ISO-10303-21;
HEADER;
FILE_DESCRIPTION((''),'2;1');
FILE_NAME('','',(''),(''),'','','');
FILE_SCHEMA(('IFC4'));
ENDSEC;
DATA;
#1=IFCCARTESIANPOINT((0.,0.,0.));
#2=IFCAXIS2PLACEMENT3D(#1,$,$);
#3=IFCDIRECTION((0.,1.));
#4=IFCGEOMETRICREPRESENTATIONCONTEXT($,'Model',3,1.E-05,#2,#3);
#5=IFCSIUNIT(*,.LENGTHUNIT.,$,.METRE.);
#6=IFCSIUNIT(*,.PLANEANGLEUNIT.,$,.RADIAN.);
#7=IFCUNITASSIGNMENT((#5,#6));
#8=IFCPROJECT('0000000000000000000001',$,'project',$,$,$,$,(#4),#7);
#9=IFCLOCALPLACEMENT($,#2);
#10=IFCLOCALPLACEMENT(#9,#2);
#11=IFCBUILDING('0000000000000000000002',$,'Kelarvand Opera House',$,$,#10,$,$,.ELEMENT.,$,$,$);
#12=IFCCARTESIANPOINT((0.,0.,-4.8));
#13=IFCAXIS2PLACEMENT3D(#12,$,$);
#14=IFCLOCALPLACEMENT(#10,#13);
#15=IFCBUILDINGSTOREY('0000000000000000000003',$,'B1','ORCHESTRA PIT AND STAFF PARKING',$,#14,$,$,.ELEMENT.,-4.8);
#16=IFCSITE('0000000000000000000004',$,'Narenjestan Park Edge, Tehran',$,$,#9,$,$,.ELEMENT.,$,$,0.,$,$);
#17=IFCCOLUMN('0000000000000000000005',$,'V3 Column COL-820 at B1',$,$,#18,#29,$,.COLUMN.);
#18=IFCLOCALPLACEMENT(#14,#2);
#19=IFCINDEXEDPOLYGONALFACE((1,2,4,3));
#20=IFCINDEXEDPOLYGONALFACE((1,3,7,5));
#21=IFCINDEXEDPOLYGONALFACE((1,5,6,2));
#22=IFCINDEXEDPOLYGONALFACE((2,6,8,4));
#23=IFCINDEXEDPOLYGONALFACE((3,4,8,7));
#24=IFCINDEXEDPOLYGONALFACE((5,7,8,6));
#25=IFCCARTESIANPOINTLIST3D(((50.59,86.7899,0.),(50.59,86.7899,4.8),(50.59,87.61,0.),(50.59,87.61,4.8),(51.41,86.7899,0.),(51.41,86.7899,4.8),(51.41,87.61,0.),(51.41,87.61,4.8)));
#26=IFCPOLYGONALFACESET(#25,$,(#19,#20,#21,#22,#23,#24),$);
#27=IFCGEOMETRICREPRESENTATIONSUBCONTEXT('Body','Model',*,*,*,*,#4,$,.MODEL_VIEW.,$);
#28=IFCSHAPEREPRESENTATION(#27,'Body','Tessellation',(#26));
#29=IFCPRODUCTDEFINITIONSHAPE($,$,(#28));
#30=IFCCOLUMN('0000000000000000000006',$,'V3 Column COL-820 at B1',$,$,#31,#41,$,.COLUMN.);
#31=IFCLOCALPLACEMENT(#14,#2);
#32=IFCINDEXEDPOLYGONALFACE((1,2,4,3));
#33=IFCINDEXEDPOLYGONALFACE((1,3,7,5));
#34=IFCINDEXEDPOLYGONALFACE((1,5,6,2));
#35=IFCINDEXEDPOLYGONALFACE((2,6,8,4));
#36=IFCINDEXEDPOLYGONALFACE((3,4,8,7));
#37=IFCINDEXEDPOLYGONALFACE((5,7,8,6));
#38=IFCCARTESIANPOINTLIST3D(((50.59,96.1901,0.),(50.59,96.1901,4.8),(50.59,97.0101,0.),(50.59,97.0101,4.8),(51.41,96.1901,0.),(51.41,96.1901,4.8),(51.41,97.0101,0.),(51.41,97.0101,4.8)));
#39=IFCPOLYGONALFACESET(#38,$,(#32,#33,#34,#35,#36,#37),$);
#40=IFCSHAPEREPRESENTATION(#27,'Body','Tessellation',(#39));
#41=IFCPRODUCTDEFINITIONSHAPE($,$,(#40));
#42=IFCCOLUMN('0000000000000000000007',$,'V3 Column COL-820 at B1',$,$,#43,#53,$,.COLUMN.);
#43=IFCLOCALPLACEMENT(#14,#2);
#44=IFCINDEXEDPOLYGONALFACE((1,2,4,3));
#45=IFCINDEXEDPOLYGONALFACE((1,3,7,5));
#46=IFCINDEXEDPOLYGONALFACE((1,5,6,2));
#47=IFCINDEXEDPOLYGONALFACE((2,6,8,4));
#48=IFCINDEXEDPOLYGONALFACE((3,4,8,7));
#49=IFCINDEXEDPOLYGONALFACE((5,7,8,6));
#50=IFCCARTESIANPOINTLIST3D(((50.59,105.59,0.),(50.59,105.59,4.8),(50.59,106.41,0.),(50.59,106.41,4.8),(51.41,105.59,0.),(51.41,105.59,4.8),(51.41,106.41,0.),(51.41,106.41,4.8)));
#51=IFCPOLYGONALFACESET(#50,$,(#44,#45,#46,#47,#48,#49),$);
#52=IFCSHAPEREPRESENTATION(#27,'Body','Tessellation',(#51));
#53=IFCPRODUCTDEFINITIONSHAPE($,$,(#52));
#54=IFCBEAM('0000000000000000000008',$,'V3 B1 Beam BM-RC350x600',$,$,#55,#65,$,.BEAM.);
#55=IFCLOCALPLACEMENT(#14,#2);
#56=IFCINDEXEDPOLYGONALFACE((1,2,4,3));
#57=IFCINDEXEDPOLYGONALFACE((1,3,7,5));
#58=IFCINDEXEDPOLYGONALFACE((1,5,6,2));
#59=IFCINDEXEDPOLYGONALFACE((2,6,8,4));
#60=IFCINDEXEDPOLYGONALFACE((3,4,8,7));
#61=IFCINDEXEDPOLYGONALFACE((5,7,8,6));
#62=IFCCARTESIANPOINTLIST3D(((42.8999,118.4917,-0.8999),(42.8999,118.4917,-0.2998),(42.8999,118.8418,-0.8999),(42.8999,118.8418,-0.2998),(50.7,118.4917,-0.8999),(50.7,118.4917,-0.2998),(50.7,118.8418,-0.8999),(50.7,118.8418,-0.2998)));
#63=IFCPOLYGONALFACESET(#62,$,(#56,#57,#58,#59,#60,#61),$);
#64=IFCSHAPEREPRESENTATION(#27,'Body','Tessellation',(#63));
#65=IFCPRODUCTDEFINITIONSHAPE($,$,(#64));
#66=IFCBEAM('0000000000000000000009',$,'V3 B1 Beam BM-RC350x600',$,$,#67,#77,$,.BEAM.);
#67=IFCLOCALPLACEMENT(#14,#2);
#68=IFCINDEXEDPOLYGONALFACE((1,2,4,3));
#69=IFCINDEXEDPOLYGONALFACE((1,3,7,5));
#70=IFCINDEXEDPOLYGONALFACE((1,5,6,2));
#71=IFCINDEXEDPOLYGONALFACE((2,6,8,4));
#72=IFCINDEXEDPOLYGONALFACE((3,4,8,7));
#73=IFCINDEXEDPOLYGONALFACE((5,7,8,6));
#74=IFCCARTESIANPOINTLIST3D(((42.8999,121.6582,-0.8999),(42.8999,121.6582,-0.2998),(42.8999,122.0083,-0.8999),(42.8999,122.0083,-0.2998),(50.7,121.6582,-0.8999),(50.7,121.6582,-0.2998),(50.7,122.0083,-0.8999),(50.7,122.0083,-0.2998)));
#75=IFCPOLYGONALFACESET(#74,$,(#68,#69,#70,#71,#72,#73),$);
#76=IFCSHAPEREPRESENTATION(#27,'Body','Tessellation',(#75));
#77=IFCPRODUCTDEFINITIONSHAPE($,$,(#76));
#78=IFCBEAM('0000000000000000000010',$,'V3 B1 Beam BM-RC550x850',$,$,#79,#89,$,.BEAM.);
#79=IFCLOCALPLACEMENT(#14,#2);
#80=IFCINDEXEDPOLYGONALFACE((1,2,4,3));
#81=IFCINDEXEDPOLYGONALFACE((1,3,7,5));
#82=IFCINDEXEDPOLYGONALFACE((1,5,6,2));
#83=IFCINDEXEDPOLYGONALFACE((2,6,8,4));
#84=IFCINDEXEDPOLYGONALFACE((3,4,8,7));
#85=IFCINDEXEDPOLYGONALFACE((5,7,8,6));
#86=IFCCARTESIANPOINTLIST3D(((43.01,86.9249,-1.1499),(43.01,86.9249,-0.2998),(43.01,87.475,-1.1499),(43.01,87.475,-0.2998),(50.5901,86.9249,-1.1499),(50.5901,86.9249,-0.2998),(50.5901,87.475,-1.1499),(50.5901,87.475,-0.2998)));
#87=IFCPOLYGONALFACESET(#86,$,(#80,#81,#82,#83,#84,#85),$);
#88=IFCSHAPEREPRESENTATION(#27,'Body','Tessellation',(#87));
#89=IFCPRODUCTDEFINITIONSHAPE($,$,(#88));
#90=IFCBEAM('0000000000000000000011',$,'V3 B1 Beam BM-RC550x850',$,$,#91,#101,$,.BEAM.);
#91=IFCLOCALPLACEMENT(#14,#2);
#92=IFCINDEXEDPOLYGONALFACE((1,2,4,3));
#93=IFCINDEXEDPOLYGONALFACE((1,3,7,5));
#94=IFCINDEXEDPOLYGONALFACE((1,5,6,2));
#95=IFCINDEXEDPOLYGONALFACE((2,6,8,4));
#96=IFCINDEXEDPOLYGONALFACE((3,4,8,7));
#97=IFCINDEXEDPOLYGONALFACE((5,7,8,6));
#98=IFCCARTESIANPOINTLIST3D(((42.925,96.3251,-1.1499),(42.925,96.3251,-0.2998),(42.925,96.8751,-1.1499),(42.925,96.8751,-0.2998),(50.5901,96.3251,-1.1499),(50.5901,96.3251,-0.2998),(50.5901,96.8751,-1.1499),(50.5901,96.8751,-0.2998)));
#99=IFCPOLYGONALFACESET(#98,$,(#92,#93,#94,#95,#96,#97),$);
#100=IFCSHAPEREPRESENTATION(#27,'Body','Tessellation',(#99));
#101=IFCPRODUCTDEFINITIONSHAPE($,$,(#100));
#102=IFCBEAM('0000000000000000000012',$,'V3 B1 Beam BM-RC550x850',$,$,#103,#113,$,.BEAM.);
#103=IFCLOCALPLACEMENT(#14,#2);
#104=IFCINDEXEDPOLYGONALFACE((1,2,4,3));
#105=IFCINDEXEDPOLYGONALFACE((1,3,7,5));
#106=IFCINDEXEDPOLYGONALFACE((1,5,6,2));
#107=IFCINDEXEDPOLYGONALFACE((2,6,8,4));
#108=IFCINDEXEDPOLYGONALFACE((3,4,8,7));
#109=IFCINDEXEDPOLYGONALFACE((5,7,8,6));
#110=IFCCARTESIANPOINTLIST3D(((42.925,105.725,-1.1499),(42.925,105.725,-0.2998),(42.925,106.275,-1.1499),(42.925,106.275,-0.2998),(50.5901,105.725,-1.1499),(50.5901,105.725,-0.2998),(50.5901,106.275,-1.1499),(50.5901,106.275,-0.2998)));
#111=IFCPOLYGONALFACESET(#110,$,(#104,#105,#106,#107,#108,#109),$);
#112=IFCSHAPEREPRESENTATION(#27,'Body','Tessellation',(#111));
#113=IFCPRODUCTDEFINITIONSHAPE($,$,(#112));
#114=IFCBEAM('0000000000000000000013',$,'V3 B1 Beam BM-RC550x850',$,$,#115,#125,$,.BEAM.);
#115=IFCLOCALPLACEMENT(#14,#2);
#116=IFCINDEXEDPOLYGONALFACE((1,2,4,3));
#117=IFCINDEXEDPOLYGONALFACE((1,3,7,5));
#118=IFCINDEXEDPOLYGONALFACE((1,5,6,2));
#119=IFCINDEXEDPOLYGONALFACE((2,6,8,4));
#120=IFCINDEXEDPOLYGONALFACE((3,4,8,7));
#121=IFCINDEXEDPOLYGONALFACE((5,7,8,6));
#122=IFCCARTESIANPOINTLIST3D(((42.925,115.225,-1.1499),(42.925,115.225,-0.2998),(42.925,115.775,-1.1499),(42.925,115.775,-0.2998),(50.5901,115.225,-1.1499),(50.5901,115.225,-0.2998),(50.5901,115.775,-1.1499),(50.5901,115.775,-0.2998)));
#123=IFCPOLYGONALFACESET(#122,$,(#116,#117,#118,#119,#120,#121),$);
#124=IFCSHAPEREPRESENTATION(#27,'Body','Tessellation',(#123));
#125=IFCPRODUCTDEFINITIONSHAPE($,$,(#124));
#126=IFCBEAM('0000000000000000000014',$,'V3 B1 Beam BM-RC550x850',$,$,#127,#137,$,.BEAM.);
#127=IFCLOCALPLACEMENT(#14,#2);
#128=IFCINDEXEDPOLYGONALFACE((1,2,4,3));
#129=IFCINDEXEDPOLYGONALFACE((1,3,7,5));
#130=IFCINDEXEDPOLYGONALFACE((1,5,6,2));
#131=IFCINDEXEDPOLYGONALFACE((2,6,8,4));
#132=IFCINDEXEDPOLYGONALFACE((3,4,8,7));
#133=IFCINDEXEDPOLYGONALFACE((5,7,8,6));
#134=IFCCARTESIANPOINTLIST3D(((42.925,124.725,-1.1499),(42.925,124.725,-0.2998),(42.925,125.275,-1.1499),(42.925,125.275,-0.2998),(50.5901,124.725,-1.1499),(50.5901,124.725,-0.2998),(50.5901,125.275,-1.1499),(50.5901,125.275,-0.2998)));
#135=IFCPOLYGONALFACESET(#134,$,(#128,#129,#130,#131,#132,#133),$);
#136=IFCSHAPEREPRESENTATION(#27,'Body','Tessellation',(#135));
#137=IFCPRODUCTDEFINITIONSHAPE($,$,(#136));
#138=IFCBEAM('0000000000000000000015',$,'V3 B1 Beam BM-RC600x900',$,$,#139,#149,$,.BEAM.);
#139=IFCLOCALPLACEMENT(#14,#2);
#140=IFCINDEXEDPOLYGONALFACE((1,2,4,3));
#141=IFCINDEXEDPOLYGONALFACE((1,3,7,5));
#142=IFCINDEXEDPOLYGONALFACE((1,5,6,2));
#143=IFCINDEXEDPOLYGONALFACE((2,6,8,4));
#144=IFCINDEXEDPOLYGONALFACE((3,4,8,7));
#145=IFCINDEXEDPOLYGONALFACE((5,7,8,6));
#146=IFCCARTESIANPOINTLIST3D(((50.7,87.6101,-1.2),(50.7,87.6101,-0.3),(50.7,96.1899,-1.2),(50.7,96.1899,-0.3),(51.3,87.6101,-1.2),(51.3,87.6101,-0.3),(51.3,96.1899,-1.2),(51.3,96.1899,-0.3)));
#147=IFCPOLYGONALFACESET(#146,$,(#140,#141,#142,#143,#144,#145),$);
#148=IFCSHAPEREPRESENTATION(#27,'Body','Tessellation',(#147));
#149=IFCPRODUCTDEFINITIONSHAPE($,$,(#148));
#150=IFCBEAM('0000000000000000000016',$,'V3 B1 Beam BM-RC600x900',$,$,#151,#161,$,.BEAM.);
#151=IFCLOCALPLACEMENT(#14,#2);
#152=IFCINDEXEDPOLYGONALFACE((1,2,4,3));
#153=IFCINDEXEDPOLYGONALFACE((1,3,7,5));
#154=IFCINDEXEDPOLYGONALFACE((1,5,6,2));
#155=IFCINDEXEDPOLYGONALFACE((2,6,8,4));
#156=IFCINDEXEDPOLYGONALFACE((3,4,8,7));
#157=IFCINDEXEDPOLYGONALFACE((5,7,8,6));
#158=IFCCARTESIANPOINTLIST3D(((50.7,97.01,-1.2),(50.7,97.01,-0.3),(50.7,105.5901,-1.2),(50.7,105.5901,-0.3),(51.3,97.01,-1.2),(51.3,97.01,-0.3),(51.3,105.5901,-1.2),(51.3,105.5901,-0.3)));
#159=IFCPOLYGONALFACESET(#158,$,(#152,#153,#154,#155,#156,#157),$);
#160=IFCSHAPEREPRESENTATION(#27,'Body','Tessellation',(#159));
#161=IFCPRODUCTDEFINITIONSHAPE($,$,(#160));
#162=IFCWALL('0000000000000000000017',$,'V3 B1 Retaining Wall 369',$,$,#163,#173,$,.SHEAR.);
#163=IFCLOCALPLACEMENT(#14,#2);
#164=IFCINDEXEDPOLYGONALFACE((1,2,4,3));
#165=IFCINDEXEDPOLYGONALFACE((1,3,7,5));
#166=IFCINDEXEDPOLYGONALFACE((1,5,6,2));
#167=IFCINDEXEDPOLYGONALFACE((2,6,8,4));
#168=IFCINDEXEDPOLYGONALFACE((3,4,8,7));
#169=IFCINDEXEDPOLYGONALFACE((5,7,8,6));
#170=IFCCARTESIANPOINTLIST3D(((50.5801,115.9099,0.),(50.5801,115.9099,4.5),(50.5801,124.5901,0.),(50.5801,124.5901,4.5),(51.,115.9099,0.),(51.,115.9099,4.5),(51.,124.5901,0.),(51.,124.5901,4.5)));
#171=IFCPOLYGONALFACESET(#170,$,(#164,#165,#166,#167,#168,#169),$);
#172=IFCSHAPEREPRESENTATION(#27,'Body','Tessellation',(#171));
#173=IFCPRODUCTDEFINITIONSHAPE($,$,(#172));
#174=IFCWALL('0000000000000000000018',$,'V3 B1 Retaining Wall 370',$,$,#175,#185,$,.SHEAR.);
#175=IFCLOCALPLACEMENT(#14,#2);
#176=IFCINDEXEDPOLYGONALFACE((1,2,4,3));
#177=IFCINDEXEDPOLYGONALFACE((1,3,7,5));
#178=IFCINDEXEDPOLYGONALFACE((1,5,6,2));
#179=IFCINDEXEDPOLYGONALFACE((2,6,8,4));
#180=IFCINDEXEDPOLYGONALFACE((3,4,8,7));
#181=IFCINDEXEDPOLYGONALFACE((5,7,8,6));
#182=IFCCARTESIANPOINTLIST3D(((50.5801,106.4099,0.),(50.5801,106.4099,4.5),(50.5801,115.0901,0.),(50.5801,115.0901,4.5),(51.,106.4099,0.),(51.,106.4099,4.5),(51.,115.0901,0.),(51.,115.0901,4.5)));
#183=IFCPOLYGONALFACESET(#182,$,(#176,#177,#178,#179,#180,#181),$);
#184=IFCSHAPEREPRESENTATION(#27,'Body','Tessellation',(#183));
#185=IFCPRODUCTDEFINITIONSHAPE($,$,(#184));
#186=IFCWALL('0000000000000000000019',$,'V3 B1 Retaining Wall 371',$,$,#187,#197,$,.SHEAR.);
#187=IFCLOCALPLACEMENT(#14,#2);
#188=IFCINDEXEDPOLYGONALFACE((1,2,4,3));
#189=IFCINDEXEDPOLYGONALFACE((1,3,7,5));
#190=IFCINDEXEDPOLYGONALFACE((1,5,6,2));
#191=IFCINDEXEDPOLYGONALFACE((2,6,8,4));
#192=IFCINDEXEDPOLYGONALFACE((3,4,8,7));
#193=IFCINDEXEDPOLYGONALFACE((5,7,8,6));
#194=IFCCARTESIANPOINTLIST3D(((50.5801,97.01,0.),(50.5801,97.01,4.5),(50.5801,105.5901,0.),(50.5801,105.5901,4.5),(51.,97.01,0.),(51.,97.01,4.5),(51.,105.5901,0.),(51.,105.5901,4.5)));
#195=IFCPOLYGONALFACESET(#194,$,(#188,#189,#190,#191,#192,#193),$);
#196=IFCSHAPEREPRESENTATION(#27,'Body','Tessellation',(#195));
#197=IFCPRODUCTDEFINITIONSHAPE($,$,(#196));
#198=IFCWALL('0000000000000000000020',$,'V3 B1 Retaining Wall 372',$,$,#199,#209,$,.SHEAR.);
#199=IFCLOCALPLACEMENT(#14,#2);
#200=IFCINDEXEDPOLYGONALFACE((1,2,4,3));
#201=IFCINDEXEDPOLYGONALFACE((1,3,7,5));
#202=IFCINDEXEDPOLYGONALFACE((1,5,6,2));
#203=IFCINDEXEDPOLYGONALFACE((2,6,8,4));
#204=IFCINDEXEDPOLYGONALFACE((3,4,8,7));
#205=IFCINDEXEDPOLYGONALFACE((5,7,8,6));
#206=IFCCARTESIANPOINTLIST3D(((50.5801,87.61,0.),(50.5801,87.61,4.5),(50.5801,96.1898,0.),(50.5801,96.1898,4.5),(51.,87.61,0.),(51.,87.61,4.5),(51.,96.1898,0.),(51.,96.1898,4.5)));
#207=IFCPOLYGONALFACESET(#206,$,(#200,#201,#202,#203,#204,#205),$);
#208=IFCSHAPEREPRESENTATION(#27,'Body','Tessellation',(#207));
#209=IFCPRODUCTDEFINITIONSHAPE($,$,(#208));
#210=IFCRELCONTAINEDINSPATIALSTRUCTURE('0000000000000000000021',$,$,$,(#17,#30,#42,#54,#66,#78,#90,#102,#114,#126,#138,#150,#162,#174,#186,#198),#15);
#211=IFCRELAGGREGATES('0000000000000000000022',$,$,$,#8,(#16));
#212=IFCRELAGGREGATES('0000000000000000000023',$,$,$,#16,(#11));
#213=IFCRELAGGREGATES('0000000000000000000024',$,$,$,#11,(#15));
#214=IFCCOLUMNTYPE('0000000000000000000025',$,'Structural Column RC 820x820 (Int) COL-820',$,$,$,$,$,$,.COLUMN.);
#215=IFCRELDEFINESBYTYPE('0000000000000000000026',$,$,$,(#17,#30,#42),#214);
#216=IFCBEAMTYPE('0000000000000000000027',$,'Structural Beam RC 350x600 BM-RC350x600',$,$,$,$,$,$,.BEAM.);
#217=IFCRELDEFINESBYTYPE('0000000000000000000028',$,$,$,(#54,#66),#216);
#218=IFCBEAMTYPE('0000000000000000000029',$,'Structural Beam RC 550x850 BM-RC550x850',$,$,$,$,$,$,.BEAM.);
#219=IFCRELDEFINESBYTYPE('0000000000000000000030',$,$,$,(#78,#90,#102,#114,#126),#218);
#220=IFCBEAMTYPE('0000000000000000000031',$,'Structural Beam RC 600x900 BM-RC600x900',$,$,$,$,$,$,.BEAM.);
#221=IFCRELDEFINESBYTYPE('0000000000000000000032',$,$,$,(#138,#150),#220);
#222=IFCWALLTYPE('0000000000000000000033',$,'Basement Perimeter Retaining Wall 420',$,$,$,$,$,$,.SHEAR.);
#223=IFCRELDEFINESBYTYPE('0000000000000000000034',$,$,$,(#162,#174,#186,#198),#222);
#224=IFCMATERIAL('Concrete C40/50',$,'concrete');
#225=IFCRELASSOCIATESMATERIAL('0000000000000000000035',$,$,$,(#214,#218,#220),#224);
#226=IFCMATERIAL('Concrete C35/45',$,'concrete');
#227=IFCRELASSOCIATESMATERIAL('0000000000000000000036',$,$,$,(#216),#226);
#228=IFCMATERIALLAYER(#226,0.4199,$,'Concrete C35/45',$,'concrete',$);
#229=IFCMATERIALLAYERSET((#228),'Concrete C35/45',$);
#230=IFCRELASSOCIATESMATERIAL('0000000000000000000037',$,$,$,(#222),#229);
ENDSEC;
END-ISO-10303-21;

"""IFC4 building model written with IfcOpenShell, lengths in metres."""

from ifc_helpers import new_model, si_unit, direction, frame, frame_2d, origin, origin_2d, place, context, subcontext, project, spatial, rectangle, extrude, material, layer, layer_set, material_profile, profile_set, type_object, element, save


model = new_model("IFC4")

# Units and contexts
model_context = context("Model", 3, precision=1e-05, world=origin(), true_north=direction((0.0, 1.0)))
body_context = subcontext(model_context, "Body", "Model", "MODEL_VIEW")
ifc_project = project(units=[si_unit("LENGTHUNIT", "METRE"), si_unit("PLANEANGLEUNIT", "RADIAN")], contexts=[model_context])

# Site, building, storey
site_placement = place(None, origin())
site = spatial("IfcSite", under=ifc_project, at=site_placement, Name="Narenjestan Park Edge, Tehran", CompositionType="ELEMENT", RefElevation=0.0)
building_placement = place(site_placement, origin())
building = spatial("IfcBuilding", under=site, at=building_placement, Name="Kelarvand Opera House", CompositionType="ELEMENT")
storey_placement = place(building_placement, frame((0.0, 0.0, -4.8)))
storey = spatial("IfcBuildingStorey", under=building, at=storey_placement, Name="B1", Description="ORCHESTRA PIT AND STAFF PARKING", CompositionType="ELEMENT", Elevation=-4.8)

# Columns
ifc_material_1 = material(Name="Concrete C40/50", Category="concrete")
ifc_material_profile_1 = material_profile(ifc_material_1, rectangle(XDim=0.8201, YDim=0.8201, at=origin_2d()), Name="RC 820x820", Category="concrete")
ifc_profile_set_1 = profile_set([ifc_material_profile_1], Name="Concrete C40/50")
column_type = type_object("IfcColumnType", Name="Structural Column RC 820x820 (Int) COL-820", PredefinedType="COLUMN", material=ifc_profile_set_1)
for number, where, z_axis, x_axis, name in (
    (1, (51.0, 87.2, 0.0), (0.0, 0.0, 1.0), (1.0, 0.0, 0.0), "V3 Column COL-820 at B1"),
    (2, (51.0, 96.6001, 0.0), (0.0, 0.0, 1.0), (1.0, 0.0, 0.0), "V3 Column COL-820 at B1"),
    (3, (51.0, 106.0, 0.0), (0.0, 0.0, 1.0), (1.0, 0.0, 0.0), "V3 Column COL-820 at B1"),
):
    element("IfcColumn", number, at=place(storey_placement, frame(where, z_axis=z_axis, x_axis=x_axis)), inside=storey, type_object=column_type, Name=name, PredefinedType="COLUMN", context=body_context, shape_type="SweptSolid", body=[
        extrude(rectangle(XDim=0.8201, YDim=0.8201, at=origin_2d()), origin(), (0.0, 0.0, 1.0), 4.8),
    ])

# Beams
ifc_material_2 = material(Name="Concrete C35/45", Category="concrete")
ifc_material_profile_2 = material_profile(ifc_material_2, rectangle(XDim=0.3501, YDim=0.6001, at=origin_2d()), Name="RC 350x600", Category="concrete")
ifc_profile_set_2 = profile_set([ifc_material_profile_2], Name="Concrete C35/45")
beam_type_1 = type_object("IfcBeamType", Name="Structural Beam RC 350x600 BM-RC350x600", PredefinedType="BEAM", material=ifc_profile_set_2)
for number, where, z_axis, x_axis, name in (
    (4, (42.8999, 118.6667, -0.5999), (1.0, 0.0, 0.0), (0.0, 1.0, 0.0), "V3 B1 Beam BM-RC350x600"),
    (5, (42.8999, 121.8333, -0.5999), (1.0, 0.0, 0.0), (0.0, 1.0, 0.0), "V3 B1 Beam BM-RC350x600"),
):
    element("IfcBeam", number, at=place(storey_placement, frame(where, z_axis=z_axis, x_axis=x_axis)), inside=storey, type_object=beam_type_1, Name=name, PredefinedType="BEAM", context=body_context, shape_type="SweptSolid", body=[
        extrude(rectangle(XDim=0.3501, YDim=0.6001, at=origin_2d()), origin(), (0.0, 0.0, 1.0), 7.8),
    ])
ifc_material_profile_3 = material_profile(ifc_material_1, rectangle(XDim=0.55, YDim=0.8501, at=origin_2d()), Name="RC 550x850", Category="concrete")
ifc_profile_set_3 = profile_set([ifc_material_profile_3], Name="Concrete C40/50")
beam_type_2 = type_object("IfcBeamType", Name="Structural Beam RC 550x850 BM-RC550x850", PredefinedType="BEAM", material=ifc_profile_set_3)
beam_1_placement = place(storey_placement, frame((43.01, 87.2, -0.7249), z_axis=(1.0, 0.0, 0.0), x_axis=(0.0, 1.0, 0.0)))
element("IfcBeam", 6, at=beam_1_placement, inside=storey, type_object=beam_type_2, Name="V3 B1 Beam BM-RC550x850", PredefinedType="BEAM", context=body_context, shape_type="SweptSolid", body=[
    extrude(rectangle(XDim=0.55, YDim=0.8501, at=origin_2d()), origin(), (0.0, 0.0, 1.0), 7.5801),
])
for number, where, z_axis, x_axis, name in (
    (7, (42.925, 96.6001, -0.7249), (1.0, 0.0, 0.0), (0.0, 1.0, 0.0), "V3 B1 Beam BM-RC550x850"),
    (8, (42.925, 106.0, -0.7249), (1.0, 0.0, 0.0), (0.0, 1.0, 0.0), "V3 B1 Beam BM-RC550x850"),
    (9, (42.925, 115.5, -0.7249), (1.0, 0.0, 0.0), (0.0, 1.0, 0.0), "V3 B1 Beam BM-RC550x850"),
    (10, (42.925, 125.0, -0.7249), (1.0, 0.0, 0.0), (0.0, 1.0, 0.0), "V3 B1 Beam BM-RC550x850"),
):
    element("IfcBeam", number, at=place(storey_placement, frame(where, z_axis=z_axis, x_axis=x_axis)), inside=storey, type_object=beam_type_2, Name=name, PredefinedType="BEAM", context=body_context, shape_type="SweptSolid", body=[
        extrude(rectangle(XDim=0.55, YDim=0.8501, at=origin_2d()), origin(), (0.0, 0.0, 1.0), 7.665),
    ])
ifc_material_profile_4 = material_profile(ifc_material_1, rectangle(XDim=0.6001, YDim=0.8999, at=origin_2d()), Name="RC 600x900", Category="concrete")
ifc_profile_set_4 = profile_set([ifc_material_profile_4], Name="Concrete C40/50")
beam_type_3 = type_object("IfcBeamType", Name="Structural Beam RC 600x900 BM-RC600x900", PredefinedType="BEAM", material=ifc_profile_set_4)
beam_2_placement = place(storey_placement, frame((51.0, 87.6101, -0.75), z_axis=(0.0, 1.0, 0.0), x_axis=(-1.0, 0.0, 0.0)))
element("IfcBeam", 11, at=beam_2_placement, inside=storey, type_object=beam_type_3, Name="V3 B1 Beam BM-RC600x900", PredefinedType="BEAM", context=body_context, shape_type="SweptSolid", body=[
    extrude(rectangle(XDim=0.6001, YDim=0.8999, at=origin_2d()), origin(), (0.0, 0.0, 1.0), 8.5798),
])
beam_3_placement = place(storey_placement, frame((51.0, 97.01, -0.75), z_axis=(0.0, 1.0, 0.0), x_axis=(-1.0, 0.0, 0.0)))
element("IfcBeam", 12, at=beam_3_placement, inside=storey, type_object=beam_type_3, Name="V3 B1 Beam BM-RC600x900", PredefinedType="BEAM", context=body_context, shape_type="SweptSolid", body=[
    extrude(rectangle(XDim=0.6001, YDim=0.8999, at=origin_2d()), origin(), (0.0, 0.0, 1.0), 8.5801),
])

# Walls
ifc_layer_1 = layer(ifc_material_2, 0.4199, Name="Concrete C35/45", Category="concrete")
ifc_layer_set_1 = layer_set([ifc_layer_1], Name="Concrete C35/45")
wall_type_1 = type_object("IfcWallType", Name="Basement Perimeter Retaining Wall 420", PredefinedType="SHEAR", material=ifc_layer_set_1)
for number, where, z_axis, x_axis, name in (
    (13, (50.79, 124.5901, 0.0), (0.0, 0.0, 1.0), (0.0, -1.0, 0.0), "V3 B1 Retaining Wall 369"),
    (14, (50.79, 115.0901, 0.0), (0.0, 0.0, 1.0), (0.0, -1.0, 0.0), "V3 B1 Retaining Wall 370"),
):
    element("IfcWall", number, at=place(storey_placement, frame(where, z_axis=z_axis, x_axis=x_axis)), inside=storey, type_object=wall_type_1, Name=name, PredefinedType="SHEAR", context=body_context, shape_type="SweptSolid", body=[
        extrude(rectangle(XDim=8.6802, YDim=0.4199, at=frame_2d((4.3401, 0.0))), origin(), (0.0, 0.0, 1.0), 4.5),
    ])
wall_1_placement = place(storey_placement, frame((50.79, 105.5901, 0.0), z_axis=(0.0, 0.0, 1.0), x_axis=(0.0, -1.0, 0.0)))
element("IfcWall", 15, at=wall_1_placement, inside=storey, type_object=wall_type_1, Name="V3 B1 Retaining Wall 371", PredefinedType="SHEAR", context=body_context, shape_type="SweptSolid", body=[
    extrude(rectangle(XDim=8.5801, YDim=0.4199, at=frame_2d((4.29, 0.0))), origin(), (0.0, 0.0, 1.0), 4.5),
])
wall_2_placement = place(storey_placement, frame((50.79, 96.1899, 0.0), z_axis=(0.0, 0.0, 1.0), x_axis=(0.0, -1.0, 0.0)))
element("IfcWall", 16, at=wall_2_placement, inside=storey, type_object=wall_type_1, Name="V3 B1 Retaining Wall 372", PredefinedType="SHEAR", context=body_context, shape_type="SweptSolid", body=[
    extrude(rectangle(XDim=8.5798, YDim=0.4199, at=frame_2d((4.29, 0.0))), origin(), (0.0, 0.0, 1.0), 4.5),
])

save(model, "model.ifc")
